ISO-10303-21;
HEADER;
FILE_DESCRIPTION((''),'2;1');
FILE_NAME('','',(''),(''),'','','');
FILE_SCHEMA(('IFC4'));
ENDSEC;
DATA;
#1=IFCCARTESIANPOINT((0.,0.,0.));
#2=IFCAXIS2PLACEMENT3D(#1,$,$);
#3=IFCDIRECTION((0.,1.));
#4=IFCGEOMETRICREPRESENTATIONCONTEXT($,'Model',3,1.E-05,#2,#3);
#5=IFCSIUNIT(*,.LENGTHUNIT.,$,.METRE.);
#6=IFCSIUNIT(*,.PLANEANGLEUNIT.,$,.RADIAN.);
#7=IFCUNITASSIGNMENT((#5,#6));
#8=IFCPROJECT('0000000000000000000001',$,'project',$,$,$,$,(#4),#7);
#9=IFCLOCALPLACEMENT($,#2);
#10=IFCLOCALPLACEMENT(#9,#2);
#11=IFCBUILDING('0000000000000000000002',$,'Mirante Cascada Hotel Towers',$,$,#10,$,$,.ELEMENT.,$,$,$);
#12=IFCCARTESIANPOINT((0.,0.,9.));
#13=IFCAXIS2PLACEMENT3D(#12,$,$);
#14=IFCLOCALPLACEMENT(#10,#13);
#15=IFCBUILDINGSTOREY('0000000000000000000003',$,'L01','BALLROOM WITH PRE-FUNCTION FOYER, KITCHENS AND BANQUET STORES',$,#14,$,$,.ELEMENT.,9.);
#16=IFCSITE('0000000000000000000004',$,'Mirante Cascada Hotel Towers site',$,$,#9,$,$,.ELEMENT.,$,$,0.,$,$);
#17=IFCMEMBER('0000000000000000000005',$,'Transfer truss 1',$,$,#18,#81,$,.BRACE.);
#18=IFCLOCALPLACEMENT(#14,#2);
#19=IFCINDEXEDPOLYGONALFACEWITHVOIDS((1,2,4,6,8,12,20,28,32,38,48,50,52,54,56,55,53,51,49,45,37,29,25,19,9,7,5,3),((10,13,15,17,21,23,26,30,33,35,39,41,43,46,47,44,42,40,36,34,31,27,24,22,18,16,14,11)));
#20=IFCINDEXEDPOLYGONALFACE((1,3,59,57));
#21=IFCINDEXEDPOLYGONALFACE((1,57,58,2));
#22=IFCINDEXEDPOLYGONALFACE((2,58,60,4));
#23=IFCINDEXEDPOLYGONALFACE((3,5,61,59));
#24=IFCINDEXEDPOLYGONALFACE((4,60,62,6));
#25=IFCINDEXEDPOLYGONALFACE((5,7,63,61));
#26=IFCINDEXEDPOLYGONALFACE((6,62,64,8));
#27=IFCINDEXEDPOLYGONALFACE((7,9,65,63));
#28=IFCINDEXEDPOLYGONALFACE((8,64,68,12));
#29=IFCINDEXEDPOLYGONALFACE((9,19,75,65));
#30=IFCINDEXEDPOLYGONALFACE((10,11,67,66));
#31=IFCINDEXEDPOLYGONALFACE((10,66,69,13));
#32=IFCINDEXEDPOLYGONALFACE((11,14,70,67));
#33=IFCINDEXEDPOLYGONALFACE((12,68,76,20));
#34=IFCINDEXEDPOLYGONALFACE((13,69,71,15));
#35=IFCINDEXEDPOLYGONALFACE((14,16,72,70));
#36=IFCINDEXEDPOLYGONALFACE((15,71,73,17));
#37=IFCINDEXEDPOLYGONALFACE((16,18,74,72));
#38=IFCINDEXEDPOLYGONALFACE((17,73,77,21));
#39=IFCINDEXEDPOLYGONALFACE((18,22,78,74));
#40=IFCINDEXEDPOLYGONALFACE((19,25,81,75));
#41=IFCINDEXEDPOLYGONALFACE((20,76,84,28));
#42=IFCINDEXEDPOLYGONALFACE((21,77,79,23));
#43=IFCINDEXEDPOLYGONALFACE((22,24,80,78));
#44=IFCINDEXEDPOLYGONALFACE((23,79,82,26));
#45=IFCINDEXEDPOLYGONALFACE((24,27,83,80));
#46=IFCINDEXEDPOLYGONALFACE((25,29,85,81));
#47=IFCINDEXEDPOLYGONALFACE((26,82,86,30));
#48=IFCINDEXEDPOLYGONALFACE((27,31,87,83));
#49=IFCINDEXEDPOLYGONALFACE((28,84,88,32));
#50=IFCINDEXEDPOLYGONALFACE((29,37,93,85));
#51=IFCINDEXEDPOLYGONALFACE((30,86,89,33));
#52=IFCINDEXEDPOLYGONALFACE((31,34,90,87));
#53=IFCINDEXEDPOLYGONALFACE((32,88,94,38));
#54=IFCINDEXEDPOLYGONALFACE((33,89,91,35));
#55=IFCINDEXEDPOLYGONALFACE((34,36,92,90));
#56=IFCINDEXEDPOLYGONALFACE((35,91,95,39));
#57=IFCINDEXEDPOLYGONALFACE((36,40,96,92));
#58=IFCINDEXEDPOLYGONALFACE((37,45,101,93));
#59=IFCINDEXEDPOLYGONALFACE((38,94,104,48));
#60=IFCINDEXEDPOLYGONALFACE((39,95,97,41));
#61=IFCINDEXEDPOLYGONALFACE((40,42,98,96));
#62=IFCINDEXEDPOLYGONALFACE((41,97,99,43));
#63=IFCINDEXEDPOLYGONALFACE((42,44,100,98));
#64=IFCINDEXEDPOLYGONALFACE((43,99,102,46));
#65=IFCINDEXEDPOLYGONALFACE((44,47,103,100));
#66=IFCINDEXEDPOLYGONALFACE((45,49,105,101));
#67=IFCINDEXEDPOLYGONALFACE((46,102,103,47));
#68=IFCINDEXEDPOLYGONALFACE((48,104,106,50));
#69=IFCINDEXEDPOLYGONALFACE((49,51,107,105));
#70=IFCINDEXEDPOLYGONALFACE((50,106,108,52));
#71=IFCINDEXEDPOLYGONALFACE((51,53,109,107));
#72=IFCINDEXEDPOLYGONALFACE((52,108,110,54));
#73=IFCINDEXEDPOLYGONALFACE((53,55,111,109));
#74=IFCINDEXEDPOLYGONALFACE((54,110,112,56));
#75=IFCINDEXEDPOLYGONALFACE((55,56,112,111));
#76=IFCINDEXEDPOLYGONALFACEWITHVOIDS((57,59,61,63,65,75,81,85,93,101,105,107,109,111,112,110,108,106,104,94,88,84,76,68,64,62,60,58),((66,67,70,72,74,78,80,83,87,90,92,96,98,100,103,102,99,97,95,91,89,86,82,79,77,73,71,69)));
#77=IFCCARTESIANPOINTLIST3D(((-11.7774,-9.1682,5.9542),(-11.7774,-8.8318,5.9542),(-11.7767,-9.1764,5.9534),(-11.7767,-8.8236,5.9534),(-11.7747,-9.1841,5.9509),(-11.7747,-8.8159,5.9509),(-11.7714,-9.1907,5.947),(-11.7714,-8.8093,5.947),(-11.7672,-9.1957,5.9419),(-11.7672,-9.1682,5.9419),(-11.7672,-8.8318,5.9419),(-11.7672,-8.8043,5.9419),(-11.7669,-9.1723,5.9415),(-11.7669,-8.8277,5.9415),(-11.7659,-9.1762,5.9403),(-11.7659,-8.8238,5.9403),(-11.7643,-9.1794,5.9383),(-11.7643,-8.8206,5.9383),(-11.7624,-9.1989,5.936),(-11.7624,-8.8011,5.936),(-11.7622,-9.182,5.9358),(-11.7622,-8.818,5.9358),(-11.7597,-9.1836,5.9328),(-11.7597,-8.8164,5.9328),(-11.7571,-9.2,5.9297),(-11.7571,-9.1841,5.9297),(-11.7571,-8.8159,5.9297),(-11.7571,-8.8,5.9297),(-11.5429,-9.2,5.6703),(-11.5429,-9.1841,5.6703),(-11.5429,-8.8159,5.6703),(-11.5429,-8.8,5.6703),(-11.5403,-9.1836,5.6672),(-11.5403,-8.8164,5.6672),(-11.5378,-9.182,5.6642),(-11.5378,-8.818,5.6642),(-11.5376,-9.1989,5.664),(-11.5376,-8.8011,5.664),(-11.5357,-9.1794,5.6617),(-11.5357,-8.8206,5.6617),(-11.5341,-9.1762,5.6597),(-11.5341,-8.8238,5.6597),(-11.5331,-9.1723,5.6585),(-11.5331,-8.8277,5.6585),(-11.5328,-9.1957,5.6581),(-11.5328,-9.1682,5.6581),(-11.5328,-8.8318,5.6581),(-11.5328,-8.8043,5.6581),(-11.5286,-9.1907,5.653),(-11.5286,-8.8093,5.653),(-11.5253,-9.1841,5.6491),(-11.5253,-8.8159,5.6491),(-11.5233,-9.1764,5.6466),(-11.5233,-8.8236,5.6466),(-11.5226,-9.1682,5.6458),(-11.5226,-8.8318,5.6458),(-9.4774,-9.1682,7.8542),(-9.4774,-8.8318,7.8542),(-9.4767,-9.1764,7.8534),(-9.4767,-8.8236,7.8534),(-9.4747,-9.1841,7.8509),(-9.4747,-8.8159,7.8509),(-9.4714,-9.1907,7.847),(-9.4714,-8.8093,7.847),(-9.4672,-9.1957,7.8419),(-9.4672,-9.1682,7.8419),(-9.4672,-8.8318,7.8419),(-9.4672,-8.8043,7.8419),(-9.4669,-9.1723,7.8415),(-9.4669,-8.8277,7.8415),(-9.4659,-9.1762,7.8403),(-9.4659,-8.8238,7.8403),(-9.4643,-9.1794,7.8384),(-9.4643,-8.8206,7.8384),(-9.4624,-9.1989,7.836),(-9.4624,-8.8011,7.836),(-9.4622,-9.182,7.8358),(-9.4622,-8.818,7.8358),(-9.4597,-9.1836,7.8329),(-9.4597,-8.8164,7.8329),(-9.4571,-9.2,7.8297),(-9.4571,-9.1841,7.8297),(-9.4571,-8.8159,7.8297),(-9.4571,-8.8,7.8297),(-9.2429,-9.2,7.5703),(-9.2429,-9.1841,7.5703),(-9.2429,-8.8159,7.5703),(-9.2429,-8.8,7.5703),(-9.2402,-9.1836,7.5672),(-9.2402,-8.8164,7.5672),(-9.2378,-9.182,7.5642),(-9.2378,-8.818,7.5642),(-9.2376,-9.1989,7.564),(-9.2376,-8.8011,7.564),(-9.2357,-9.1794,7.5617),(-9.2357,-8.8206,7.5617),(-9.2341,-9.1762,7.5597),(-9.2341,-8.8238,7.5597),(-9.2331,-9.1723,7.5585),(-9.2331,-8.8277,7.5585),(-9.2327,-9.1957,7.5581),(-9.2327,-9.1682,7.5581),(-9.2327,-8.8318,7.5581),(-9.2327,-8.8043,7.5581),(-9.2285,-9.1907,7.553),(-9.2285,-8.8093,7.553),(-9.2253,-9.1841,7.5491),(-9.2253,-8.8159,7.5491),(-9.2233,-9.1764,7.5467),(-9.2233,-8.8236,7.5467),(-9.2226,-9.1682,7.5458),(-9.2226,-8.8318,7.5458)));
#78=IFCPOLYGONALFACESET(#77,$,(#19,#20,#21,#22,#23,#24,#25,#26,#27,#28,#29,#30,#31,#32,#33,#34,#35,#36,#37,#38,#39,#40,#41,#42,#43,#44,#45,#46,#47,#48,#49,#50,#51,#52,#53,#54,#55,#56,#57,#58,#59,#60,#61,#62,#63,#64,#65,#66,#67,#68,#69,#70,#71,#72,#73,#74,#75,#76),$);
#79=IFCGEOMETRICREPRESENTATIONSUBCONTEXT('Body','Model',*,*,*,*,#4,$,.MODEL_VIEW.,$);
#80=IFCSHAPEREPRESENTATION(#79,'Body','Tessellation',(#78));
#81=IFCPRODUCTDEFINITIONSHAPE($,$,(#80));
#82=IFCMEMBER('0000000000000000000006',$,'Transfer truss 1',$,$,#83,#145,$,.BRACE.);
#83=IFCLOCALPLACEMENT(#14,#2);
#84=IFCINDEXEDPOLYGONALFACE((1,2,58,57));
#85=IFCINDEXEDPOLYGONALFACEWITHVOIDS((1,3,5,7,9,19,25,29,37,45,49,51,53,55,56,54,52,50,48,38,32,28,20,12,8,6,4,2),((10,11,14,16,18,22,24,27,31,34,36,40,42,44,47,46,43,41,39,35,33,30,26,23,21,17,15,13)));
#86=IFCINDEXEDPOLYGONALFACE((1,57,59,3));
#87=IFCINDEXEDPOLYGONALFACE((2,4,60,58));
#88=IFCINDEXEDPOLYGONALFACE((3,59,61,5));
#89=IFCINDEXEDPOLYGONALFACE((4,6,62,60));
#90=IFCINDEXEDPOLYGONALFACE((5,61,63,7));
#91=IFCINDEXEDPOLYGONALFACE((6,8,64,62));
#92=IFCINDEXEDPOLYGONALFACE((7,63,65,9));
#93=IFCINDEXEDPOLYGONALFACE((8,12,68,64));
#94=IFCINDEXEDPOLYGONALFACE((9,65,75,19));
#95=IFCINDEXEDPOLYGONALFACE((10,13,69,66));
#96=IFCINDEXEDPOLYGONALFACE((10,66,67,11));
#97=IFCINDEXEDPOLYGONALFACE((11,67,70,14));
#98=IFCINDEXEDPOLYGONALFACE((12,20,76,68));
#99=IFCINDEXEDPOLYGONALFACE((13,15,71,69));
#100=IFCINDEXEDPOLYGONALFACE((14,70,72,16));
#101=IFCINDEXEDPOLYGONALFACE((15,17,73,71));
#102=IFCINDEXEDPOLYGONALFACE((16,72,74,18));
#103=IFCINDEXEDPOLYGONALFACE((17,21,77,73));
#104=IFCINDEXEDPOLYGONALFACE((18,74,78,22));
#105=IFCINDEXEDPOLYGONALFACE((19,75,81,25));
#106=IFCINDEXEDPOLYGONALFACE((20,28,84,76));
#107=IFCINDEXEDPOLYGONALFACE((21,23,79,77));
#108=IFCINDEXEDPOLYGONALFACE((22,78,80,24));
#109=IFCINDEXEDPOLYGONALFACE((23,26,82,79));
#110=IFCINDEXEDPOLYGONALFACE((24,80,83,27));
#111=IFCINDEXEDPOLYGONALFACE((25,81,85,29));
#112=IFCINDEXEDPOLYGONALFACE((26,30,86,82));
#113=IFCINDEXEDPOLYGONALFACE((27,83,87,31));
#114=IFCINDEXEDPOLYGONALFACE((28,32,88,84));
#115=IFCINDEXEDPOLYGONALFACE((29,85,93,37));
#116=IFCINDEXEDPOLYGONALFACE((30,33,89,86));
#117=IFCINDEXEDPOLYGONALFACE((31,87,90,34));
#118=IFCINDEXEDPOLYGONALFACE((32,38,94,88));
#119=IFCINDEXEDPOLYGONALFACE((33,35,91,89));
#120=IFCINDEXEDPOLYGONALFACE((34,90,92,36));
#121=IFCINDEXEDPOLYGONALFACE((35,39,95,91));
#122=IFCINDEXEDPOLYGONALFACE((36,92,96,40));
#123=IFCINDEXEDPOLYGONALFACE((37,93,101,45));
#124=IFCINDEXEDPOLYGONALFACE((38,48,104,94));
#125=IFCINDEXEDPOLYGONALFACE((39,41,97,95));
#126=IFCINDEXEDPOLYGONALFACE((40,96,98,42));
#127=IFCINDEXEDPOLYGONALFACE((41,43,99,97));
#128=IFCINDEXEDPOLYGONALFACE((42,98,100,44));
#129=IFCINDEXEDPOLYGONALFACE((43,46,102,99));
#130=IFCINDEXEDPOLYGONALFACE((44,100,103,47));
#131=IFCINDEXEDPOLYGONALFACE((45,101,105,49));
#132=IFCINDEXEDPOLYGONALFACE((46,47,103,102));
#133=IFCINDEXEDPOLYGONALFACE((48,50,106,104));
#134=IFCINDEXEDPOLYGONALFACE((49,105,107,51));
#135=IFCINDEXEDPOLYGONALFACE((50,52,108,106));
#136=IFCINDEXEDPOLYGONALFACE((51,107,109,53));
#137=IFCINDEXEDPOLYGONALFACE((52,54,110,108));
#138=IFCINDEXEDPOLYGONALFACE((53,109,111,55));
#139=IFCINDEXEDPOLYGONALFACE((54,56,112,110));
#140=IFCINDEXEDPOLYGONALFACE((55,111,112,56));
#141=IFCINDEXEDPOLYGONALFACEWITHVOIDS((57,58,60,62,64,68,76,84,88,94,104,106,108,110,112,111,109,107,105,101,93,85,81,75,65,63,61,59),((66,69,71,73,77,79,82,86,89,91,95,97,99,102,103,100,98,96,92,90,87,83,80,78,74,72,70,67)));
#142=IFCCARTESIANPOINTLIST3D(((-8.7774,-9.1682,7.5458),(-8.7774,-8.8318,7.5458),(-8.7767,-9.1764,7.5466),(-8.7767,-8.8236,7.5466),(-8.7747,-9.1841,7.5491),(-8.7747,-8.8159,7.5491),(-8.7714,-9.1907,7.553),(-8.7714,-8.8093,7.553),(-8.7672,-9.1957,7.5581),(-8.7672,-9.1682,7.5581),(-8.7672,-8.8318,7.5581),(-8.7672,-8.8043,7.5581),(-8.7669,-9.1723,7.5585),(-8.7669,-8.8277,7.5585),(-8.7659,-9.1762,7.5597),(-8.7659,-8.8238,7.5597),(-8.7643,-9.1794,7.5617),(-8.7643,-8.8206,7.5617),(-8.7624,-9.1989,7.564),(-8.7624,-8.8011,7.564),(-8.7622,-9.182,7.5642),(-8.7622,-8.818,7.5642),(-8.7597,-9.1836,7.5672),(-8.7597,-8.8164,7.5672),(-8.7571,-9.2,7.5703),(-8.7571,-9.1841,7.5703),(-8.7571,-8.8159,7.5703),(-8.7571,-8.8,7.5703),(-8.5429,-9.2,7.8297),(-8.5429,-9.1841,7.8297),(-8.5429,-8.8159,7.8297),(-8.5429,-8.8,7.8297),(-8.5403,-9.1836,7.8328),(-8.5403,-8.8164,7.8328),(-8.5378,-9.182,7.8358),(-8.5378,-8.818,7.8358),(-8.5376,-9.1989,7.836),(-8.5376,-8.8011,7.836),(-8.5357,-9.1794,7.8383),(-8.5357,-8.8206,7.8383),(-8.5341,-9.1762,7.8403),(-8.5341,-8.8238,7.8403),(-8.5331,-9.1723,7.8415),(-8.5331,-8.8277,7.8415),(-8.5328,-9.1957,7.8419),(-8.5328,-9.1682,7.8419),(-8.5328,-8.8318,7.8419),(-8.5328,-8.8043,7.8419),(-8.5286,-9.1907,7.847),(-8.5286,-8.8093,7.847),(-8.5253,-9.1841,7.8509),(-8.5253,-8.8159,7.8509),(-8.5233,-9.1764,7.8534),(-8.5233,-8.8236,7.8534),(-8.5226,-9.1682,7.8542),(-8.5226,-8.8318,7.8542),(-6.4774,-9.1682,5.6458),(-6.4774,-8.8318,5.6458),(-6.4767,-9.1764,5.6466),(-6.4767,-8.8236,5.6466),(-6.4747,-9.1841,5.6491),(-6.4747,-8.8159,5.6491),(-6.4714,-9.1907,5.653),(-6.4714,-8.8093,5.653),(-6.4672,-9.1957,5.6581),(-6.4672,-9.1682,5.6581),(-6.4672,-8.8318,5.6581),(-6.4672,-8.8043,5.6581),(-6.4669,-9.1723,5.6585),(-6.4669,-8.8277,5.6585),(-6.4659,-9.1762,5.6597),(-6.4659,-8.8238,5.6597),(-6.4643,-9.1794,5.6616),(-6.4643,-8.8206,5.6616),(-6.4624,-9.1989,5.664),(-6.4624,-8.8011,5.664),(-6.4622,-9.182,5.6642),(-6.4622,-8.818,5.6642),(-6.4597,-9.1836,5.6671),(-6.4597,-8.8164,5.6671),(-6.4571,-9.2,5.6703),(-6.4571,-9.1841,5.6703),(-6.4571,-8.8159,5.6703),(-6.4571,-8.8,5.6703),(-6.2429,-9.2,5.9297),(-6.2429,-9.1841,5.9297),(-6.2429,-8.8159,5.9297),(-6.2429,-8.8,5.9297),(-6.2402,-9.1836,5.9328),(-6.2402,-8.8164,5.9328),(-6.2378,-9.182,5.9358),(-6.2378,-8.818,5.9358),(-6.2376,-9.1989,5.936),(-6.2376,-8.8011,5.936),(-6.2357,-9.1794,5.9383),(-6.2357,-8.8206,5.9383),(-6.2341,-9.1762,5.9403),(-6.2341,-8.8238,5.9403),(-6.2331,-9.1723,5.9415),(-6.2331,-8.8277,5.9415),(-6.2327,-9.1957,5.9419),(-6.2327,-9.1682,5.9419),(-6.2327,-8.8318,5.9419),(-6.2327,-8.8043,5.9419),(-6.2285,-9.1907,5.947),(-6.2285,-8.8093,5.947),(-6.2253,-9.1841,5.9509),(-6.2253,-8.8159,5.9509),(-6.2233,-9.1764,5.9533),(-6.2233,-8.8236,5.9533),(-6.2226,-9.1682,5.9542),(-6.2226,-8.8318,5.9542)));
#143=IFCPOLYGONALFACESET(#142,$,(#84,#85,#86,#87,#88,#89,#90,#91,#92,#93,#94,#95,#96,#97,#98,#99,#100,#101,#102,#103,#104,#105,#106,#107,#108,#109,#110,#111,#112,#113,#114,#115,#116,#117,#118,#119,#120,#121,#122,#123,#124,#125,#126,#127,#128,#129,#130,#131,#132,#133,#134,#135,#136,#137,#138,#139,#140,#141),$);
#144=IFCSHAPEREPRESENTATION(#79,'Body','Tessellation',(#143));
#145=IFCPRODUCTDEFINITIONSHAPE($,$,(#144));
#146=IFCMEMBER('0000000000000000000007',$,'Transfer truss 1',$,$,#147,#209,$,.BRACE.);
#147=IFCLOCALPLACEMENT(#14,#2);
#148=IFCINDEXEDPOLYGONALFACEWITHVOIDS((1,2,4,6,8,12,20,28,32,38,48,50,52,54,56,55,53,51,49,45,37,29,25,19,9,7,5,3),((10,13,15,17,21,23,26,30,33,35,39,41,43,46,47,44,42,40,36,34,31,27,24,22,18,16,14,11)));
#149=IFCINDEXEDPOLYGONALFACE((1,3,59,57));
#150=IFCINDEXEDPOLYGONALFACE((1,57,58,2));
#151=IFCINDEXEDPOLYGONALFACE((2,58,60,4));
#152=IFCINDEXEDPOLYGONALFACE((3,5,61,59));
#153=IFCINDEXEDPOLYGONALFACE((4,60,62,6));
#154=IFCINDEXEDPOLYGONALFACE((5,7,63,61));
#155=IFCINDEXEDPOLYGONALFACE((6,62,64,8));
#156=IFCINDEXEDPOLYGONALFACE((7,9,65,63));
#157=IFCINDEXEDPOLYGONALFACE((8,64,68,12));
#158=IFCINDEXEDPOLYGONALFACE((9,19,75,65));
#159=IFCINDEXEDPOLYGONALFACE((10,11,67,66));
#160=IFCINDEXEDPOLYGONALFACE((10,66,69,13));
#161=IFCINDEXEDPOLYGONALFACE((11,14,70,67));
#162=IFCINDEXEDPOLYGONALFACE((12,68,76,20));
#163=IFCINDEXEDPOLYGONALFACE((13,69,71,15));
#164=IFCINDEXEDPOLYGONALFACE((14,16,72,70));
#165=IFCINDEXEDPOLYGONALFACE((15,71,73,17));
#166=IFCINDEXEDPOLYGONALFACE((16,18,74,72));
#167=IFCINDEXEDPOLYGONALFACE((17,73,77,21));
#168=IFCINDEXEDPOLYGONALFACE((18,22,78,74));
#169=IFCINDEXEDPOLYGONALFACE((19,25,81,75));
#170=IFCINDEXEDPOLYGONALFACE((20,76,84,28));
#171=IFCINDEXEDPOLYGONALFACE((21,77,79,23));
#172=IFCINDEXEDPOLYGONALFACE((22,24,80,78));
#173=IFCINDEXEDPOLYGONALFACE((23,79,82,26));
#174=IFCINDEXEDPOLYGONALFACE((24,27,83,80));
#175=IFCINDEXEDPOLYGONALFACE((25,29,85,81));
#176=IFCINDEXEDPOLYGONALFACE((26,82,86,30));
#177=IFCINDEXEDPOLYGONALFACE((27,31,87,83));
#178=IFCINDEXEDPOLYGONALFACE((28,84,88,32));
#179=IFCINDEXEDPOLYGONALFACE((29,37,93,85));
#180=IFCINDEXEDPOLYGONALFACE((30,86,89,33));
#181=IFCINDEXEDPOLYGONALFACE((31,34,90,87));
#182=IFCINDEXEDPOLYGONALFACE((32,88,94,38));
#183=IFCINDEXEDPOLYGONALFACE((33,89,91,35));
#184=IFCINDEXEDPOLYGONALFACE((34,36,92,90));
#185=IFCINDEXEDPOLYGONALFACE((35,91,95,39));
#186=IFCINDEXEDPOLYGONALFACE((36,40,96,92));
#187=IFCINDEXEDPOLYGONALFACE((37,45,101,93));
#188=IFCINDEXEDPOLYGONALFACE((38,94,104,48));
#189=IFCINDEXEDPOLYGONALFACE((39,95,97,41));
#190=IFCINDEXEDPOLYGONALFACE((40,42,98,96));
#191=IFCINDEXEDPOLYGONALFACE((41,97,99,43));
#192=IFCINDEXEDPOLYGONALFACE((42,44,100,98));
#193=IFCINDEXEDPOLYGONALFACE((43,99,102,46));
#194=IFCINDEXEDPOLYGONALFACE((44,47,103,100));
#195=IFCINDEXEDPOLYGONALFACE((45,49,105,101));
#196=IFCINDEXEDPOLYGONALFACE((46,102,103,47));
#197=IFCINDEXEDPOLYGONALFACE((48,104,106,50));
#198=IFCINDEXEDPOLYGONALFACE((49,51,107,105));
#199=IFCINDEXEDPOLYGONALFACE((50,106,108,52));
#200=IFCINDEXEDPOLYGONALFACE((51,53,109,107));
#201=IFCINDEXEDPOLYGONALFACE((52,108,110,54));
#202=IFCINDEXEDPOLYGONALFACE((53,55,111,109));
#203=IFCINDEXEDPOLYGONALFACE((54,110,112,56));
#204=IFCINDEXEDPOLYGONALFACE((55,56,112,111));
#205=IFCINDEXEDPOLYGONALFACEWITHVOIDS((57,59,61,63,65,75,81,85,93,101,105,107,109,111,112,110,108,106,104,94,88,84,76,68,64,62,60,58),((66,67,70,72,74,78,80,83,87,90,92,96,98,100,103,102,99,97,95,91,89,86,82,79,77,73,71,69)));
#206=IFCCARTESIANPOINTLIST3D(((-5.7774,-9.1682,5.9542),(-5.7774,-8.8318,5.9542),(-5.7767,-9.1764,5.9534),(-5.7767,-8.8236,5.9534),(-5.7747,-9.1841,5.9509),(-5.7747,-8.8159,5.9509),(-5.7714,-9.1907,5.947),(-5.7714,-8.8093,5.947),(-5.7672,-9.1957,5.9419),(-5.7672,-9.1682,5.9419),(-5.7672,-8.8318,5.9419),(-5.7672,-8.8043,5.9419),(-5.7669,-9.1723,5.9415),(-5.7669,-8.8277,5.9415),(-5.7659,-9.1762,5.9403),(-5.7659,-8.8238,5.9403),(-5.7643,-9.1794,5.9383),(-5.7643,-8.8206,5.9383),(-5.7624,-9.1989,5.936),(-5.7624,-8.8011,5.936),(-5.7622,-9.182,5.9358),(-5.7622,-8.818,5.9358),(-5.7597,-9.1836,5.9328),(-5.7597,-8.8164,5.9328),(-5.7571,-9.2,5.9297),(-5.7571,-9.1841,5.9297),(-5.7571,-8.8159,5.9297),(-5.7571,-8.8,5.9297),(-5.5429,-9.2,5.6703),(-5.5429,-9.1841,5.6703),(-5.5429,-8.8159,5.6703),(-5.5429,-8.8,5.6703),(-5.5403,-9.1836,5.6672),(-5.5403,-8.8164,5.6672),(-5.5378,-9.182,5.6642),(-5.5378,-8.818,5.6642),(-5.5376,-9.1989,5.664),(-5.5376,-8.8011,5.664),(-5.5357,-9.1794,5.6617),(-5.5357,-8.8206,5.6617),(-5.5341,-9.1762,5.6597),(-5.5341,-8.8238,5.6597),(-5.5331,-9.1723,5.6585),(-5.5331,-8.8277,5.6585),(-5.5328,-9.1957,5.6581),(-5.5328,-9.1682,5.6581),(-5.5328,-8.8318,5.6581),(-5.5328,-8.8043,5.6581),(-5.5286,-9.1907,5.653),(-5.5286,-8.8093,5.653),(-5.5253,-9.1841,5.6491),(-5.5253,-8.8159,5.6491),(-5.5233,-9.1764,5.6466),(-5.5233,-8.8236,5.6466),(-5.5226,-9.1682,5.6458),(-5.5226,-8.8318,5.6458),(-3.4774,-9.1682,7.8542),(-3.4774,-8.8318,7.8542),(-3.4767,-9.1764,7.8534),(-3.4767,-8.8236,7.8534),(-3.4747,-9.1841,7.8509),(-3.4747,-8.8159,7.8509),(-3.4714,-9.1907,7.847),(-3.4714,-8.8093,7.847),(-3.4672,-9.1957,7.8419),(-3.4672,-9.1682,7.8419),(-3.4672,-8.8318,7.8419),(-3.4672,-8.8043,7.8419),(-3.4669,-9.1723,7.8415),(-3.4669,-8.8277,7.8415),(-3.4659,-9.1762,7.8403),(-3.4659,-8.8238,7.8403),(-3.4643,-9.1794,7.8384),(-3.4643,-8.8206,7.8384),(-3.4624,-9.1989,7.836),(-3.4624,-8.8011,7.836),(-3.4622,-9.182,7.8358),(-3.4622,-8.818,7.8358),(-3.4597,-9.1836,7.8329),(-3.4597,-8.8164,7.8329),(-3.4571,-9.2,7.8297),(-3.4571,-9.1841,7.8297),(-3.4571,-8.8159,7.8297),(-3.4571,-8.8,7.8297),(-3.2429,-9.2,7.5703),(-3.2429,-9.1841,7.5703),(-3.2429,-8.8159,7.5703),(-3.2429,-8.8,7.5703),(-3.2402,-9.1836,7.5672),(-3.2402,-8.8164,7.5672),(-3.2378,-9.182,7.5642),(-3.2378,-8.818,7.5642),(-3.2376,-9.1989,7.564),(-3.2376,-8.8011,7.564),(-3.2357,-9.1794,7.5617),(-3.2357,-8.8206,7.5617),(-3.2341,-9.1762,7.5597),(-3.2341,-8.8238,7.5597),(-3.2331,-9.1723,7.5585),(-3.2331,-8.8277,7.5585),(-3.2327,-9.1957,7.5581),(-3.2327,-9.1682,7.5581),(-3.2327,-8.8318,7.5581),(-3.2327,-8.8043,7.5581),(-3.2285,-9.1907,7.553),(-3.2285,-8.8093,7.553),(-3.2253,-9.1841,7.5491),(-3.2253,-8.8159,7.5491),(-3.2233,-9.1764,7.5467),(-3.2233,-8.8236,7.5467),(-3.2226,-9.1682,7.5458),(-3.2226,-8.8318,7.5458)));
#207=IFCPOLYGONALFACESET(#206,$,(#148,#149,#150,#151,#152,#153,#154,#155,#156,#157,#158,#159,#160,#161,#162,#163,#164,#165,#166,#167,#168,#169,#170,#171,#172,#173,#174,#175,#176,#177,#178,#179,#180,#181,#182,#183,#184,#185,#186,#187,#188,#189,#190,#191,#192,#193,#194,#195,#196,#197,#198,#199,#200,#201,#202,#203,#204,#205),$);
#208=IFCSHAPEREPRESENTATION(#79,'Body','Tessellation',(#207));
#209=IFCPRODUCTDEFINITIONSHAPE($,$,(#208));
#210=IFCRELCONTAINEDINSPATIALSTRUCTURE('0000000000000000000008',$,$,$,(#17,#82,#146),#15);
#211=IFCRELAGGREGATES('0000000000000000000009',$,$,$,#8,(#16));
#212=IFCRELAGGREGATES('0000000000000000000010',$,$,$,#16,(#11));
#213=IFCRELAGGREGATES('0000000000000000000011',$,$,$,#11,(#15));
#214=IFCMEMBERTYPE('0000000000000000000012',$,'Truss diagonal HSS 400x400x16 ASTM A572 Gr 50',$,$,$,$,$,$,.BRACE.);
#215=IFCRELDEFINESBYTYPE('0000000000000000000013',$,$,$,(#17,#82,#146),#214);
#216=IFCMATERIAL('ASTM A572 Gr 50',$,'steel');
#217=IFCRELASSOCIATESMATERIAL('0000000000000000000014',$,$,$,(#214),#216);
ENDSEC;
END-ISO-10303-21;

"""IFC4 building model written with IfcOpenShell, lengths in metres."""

from ifc_helpers import new_model, si_unit, direction, frame, origin, origin_2d, place, context, subcontext, project, spatial, hollow_rectangle, extrude, material, material_profile, profile_set, type_object, element, save


model = new_model("IFC4")

# Units and contexts
model_context = context("Model", 3, precision=1e-05, world=origin(), true_north=direction((0.0, 1.0)))
body_context = subcontext(model_context, "Body", "Model", "MODEL_VIEW")
ifc_project = project(units=[si_unit("LENGTHUNIT", "METRE"), si_unit("PLANEANGLEUNIT", "RADIAN")], contexts=[model_context])

# Site, building, storey
site_placement = place(None, origin())
site = spatial("IfcSite", under=ifc_project, at=site_placement, Name="Mirante Cascada Hotel Towers site", CompositionType="ELEMENT", RefElevation=0.0)
building_placement = place(site_placement, origin())
building = spatial("IfcBuilding", under=site, at=building_placement, Name="Mirante Cascada Hotel Towers", CompositionType="ELEMENT")
storey_placement = place(building_placement, frame((0.0, 0.0, 9.0)))
storey = spatial("IfcBuildingStorey", under=building, at=storey_placement, Name="L01", Description="BALLROOM WITH PRE-FUNCTION FOYER, KITCHENS AND BANQUET STORES", CompositionType="ELEMENT", Elevation=9.0)

# Members
ifc_material_1 = material(Name="ASTM A572 Gr 50", Category="steel")
ifc_material_profile_1 = material_profile(ifc_material_1, hollow_rectangle(XDim=0.4, YDim=0.4, WallThickness=0.0159, InnerFilletRadius=0.0159, OuterFilletRadius=0.0318, at=origin_2d()), Name="HSS 400x400x16")
ifc_profile_set_1 = profile_set([ifc_material_profile_1], Name="ASTM A572 Gr 50")
member_type_1 = type_object("IfcMemberType", Name="Truss diagonal HSS 400x400x16 ASTM A572 Gr 50", PredefinedType="BRACE", material=ifc_profile_set_1)
for number, where, z_axis, x_axis, name in (
    (1, (-11.65, -9.0, 5.8), (0.770962, 0.0, 0.636881), (0.0, 1.0, 0.0), "Transfer truss 1"),
    (2, (-8.65, -9.0, 7.7), (0.770962, 0.0, -0.636881), (0.0, 1.0, 0.0), "Transfer truss 1"),
    (3, (-5.65, -9.0, 5.8), (0.770962, 0.0, 0.636881), (0.0, 1.0, 0.0), "Transfer truss 1"),
):
    element("IfcMember", number, at=place(storey_placement, frame(where, z_axis=z_axis, x_axis=x_axis)), inside=storey, type_object=member_type_1, Name=name, PredefinedType="BRACE", context=body_context, shape_type="SweptSolid", body=[
        extrude(hollow_rectangle(XDim=0.4, YDim=0.4, WallThickness=0.0159, InnerFilletRadius=0.0159, OuterFilletRadius=0.0318, at=origin_2d()), origin(), (0.0, 0.0, 1.0), 2.9833),
    ])

save(model, "model.ifc")
